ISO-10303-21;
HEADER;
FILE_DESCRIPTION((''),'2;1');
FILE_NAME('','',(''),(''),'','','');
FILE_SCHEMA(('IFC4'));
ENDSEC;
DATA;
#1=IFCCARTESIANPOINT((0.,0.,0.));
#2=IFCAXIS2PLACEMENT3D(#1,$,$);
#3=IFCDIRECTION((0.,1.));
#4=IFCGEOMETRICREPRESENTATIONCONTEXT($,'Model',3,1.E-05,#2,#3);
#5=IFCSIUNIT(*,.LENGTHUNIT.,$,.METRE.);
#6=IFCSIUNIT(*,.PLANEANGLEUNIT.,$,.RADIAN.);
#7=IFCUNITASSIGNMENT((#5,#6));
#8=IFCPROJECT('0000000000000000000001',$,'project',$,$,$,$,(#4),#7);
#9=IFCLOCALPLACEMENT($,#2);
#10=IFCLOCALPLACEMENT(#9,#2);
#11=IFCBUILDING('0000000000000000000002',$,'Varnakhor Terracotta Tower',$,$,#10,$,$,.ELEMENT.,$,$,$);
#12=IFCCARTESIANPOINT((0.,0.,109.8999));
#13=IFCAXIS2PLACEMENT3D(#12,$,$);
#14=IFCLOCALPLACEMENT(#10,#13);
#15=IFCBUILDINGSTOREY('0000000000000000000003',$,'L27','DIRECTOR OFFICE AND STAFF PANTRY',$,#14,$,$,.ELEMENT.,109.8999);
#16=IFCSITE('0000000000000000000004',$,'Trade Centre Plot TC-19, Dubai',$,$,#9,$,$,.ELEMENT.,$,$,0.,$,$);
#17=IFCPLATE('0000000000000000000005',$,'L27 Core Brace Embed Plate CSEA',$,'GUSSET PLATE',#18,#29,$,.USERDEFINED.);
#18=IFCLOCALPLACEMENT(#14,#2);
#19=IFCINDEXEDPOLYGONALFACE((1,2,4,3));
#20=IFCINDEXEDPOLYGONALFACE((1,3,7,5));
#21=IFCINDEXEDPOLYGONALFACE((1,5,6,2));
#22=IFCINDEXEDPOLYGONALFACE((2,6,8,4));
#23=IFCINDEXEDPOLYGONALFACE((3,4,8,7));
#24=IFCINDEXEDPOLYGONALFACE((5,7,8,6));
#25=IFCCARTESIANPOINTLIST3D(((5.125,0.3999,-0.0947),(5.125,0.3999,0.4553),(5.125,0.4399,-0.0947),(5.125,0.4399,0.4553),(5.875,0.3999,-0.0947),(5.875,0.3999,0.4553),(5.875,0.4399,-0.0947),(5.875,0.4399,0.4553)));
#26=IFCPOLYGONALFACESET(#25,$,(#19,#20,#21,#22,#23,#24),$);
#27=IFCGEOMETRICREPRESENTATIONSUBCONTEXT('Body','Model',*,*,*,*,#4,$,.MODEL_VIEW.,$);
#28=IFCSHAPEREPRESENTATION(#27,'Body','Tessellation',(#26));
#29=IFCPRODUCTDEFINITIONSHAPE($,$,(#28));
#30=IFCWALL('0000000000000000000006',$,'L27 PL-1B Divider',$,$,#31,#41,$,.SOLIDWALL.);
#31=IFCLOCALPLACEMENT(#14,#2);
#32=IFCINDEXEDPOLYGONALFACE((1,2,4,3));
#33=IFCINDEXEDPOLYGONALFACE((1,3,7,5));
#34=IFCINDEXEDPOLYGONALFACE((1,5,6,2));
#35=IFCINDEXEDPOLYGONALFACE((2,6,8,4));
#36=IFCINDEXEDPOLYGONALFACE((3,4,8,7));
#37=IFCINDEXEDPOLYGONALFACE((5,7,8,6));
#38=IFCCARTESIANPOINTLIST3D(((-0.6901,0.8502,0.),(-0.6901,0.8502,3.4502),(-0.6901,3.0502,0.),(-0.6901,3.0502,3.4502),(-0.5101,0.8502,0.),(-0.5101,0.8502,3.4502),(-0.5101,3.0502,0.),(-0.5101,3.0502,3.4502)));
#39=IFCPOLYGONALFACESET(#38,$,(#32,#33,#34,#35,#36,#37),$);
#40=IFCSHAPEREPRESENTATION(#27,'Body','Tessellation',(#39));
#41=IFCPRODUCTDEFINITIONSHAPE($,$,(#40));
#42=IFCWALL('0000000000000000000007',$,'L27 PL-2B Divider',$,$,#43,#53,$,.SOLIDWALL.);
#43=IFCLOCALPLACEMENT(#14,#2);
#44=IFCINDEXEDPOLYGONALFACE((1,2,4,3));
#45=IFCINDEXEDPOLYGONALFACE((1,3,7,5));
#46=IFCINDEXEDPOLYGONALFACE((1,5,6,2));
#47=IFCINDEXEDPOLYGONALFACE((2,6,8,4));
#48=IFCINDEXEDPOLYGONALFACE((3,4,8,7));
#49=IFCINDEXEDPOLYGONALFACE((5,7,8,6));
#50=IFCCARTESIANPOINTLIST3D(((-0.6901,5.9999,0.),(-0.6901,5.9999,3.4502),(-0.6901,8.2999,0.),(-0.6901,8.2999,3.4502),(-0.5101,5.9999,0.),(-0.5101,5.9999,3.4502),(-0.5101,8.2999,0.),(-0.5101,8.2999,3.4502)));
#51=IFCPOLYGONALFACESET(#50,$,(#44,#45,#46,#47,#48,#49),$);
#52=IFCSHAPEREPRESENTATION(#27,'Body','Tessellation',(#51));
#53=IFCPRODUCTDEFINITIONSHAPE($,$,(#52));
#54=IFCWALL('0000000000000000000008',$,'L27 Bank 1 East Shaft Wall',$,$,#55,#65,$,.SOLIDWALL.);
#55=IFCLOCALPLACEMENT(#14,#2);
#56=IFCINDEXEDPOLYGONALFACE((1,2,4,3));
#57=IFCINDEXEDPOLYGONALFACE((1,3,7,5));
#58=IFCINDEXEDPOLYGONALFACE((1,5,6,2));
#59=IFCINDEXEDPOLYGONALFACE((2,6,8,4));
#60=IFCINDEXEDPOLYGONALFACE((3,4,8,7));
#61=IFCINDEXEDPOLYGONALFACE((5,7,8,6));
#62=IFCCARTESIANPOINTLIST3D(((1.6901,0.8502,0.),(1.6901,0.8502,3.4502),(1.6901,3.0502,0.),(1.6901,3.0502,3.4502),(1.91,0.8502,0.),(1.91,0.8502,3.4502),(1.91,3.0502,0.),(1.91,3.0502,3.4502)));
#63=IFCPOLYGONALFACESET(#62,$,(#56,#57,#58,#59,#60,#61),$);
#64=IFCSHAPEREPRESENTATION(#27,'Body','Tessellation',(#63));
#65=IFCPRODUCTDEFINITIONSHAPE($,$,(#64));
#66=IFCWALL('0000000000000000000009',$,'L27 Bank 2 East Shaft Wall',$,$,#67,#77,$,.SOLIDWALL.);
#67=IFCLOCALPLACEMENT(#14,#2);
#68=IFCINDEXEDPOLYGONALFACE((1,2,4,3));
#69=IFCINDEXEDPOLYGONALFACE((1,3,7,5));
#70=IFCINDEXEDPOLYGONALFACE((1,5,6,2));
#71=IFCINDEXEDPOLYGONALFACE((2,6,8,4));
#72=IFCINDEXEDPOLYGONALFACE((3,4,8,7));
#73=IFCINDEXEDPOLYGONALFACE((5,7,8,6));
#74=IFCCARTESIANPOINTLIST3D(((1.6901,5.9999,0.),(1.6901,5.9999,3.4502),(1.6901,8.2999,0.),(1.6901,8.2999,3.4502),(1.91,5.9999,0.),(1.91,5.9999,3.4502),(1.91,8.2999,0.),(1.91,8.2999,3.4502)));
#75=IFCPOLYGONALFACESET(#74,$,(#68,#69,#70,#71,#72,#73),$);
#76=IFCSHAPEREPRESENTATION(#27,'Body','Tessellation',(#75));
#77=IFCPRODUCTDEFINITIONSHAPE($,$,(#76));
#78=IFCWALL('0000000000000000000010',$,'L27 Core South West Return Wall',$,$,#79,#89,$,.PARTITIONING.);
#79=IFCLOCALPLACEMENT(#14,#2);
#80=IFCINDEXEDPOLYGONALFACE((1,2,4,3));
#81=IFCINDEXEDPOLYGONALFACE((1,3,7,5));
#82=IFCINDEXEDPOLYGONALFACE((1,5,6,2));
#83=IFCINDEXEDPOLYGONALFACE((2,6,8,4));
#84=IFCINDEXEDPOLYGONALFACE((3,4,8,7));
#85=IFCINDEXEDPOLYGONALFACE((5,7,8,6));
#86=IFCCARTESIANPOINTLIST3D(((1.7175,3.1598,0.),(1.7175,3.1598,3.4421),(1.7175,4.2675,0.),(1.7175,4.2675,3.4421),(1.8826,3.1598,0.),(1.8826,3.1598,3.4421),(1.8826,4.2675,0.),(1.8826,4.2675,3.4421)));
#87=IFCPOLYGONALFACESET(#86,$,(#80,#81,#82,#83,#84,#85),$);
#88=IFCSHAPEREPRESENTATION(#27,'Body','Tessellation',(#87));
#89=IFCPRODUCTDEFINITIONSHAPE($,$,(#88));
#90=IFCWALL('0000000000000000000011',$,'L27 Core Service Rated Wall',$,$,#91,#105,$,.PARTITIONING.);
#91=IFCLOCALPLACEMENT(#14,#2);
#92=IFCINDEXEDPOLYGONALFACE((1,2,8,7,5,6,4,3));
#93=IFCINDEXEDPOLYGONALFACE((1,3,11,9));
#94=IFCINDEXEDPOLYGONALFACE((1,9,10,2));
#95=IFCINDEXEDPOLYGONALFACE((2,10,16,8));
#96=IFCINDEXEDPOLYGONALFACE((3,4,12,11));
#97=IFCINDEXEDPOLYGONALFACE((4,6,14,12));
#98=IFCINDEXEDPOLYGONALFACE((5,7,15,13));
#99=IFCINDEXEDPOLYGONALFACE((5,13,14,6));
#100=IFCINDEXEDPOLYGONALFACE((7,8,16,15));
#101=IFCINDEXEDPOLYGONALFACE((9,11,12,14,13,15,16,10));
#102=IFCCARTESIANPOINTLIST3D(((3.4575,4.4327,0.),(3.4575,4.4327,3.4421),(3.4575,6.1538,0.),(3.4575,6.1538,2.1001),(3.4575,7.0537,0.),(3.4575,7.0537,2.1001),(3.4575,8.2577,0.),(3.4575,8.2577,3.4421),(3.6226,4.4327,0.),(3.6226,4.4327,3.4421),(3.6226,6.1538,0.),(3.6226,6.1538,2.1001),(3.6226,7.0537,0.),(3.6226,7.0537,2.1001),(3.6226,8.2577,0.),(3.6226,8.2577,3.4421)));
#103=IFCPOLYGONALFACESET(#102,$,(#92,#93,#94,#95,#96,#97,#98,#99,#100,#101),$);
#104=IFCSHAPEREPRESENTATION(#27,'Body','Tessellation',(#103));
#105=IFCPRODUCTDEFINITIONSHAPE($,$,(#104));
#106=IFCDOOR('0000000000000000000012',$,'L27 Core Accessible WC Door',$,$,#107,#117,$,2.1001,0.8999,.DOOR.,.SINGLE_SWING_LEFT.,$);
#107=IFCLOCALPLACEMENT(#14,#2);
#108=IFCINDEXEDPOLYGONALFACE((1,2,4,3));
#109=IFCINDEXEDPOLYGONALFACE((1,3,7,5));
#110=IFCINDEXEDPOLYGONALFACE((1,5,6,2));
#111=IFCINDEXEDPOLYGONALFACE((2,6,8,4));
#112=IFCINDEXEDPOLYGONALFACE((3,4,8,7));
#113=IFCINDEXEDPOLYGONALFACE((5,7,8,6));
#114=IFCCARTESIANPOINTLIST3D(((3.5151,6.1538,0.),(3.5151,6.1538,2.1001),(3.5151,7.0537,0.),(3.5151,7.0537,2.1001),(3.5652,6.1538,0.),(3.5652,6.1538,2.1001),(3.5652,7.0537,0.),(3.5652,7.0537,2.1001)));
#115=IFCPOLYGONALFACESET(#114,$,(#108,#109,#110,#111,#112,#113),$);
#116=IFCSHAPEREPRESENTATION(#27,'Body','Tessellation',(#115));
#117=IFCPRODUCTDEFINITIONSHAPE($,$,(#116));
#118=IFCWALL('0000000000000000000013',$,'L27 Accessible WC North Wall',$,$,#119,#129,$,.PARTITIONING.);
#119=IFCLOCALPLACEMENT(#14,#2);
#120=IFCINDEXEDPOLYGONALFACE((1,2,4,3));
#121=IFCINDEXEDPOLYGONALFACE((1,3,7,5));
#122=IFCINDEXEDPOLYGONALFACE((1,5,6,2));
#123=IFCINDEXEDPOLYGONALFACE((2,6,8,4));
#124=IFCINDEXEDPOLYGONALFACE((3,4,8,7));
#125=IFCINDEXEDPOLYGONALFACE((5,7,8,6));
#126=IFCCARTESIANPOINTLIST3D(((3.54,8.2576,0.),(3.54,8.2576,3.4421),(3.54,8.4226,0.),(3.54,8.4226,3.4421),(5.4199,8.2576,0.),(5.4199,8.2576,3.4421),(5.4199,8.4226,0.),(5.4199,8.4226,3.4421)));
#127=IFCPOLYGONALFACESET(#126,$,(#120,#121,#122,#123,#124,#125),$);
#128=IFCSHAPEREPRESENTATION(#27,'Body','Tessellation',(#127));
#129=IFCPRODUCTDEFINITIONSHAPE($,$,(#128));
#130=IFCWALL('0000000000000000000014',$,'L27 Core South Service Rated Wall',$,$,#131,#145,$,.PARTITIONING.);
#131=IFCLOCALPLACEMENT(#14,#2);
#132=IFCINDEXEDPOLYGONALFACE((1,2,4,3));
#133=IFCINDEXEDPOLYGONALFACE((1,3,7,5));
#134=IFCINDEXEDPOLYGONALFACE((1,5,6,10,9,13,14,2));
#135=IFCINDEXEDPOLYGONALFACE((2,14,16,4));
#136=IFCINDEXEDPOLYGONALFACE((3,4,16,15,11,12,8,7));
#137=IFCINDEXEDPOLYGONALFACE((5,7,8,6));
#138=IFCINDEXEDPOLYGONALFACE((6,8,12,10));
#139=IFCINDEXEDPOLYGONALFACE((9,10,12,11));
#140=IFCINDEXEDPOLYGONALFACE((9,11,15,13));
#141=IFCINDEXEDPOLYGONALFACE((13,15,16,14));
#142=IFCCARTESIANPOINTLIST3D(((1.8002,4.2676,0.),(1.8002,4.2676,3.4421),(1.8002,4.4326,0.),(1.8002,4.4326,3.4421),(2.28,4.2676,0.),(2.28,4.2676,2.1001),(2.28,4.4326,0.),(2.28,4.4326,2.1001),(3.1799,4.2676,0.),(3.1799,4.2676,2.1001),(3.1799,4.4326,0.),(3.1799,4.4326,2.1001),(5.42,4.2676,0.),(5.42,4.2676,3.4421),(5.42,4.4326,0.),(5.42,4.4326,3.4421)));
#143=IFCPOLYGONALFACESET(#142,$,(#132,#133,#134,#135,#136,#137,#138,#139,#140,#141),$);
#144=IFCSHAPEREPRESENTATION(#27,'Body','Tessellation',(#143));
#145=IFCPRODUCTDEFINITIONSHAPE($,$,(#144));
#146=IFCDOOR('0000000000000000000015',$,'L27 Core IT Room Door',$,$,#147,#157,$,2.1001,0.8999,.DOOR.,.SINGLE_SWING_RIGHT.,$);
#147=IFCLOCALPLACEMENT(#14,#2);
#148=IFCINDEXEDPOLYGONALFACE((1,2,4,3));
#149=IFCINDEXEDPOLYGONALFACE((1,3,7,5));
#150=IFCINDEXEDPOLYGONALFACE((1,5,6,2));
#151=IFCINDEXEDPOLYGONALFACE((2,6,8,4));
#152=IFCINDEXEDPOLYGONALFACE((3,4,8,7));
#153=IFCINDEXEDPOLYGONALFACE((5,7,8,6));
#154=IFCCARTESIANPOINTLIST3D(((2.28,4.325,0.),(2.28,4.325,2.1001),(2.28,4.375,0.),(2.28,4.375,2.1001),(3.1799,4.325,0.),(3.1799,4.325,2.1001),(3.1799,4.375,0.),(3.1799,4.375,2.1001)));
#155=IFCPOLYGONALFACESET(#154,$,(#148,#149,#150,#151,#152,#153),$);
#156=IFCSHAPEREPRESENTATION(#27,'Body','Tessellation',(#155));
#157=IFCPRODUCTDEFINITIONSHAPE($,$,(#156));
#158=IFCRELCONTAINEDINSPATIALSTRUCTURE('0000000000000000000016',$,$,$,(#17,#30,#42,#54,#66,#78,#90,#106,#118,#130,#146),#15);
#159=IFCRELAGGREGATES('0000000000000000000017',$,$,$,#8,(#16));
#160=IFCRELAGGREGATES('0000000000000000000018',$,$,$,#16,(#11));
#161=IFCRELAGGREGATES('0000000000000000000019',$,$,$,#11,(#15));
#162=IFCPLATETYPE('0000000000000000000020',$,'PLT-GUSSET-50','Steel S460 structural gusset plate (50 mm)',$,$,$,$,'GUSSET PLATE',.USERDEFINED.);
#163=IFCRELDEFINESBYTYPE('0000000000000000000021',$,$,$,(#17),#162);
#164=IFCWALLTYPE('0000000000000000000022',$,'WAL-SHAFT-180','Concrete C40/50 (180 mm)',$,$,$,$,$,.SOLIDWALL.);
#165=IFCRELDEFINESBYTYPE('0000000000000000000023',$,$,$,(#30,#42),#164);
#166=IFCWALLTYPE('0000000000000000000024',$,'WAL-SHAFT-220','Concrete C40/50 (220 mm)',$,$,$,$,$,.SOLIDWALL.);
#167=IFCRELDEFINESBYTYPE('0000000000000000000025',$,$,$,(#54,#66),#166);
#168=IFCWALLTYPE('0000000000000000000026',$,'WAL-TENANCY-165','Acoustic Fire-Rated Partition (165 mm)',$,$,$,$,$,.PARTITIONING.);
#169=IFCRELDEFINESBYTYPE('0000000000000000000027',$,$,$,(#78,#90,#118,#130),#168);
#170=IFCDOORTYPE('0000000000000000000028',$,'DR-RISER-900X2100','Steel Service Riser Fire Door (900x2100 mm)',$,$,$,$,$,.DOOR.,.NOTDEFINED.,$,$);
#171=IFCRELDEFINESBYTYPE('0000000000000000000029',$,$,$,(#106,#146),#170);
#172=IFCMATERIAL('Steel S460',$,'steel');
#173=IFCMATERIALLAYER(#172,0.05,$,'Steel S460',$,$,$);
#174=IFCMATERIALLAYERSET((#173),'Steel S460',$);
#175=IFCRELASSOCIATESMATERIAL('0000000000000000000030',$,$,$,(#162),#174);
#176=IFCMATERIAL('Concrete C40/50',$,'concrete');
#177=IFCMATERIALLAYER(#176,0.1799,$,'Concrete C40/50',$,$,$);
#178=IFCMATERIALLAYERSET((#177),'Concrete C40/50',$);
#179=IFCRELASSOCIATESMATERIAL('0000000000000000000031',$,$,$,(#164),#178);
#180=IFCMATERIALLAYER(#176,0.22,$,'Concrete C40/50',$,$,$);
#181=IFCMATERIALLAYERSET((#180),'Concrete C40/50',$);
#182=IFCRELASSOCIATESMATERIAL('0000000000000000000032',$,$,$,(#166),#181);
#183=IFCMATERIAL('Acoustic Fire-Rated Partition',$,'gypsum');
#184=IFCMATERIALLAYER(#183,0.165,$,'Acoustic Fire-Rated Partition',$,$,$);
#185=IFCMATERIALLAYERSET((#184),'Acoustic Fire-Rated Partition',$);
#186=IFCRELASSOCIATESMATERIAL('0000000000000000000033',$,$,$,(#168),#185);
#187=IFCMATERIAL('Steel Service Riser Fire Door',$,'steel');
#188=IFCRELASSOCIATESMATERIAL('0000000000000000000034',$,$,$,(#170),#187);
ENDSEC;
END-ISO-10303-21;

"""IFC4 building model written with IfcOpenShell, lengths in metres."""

from ifc_helpers import new_model, si_unit, direction, frame, frame_2d, origin, origin_2d, place, context, subcontext, project, spatial, rectangle, extrude, source, transform, mapped, material, layer, layer_set, type_object, type_shapes, element, fill, save


model = new_model("IFC4")

# Units and contexts
model_context = context("Model", 3, precision=1e-05, world=origin(), true_north=direction((0.0, 1.0)))
body_context = subcontext(model_context, "Body", "Model", "MODEL_VIEW")
ifc_project = project(units=[si_unit("LENGTHUNIT", "METRE"), si_unit("PLANEANGLEUNIT", "RADIAN")], contexts=[model_context])

# Site, building, storey
site_placement = place(None, origin())
site = spatial("IfcSite", under=ifc_project, at=site_placement, Name="Trade Centre Plot TC-19, Dubai", CompositionType="ELEMENT", RefElevation=0.0)
building_placement = place(site_placement, origin())
building = spatial("IfcBuilding", under=site, at=building_placement, Name="Varnakhor Terracotta Tower", CompositionType="ELEMENT")
storey_placement = place(building_placement, frame((0.0, 0.0, 109.8999)))
storey = spatial("IfcBuildingStorey", under=building, at=storey_placement, Name="L27", Description="DIRECTOR OFFICE AND STAFF PANTRY", CompositionType="ELEMENT", Elevation=109.8999)

# Shared definitions
ifc_material_1 = material(Name="Steel S460", Category="steel")

# Shared definitions
ifc_material_2 = material(Name="Concrete C40/50", Category="concrete")

# Plate
ifc_layer_1 = layer(ifc_material_1, 0.05, Name="Steel S460")
ifc_layer_set_1 = layer_set([ifc_layer_1], Name="Steel S460")
plate_type = type_object("IfcPlateType", Name="PLT-GUSSET-50", Description="Steel S460 structural gusset plate (50 mm)", ElementType="GUSSET PLATE", PredefinedType="USERDEFINED", material=ifc_layer_set_1)
shared_shape_1 = source(origin(), body_context, "Body", "SweptSolid", [
    extrude(rectangle(XDim=0.75, YDim=0.04, at=origin_2d()), origin(), (0.0, 0.0, 1.0), 0.55),
])
type_shapes(plate_type, [shared_shape_1])
plate_placement = place(storey_placement, frame((5.5, 0.4199, -0.0947), z_axis=(0.0, 0.0, 1.0), x_axis=(1.0, 0.0, 0.0)))
element("IfcPlate", 1, at=plate_placement, inside=storey, type_object=plate_type, Name="L27 Core Brace Embed Plate CSEA", ObjectType="GUSSET PLATE", PredefinedType="USERDEFINED", context=body_context, shape_type="MappedRepresentation", body=[
    mapped(shared_shape_1, transform((0.0, 0.0, 0.0), scale=1.0)),
])

# Walls
ifc_layer_2 = layer(ifc_material_2, 0.1799, Name="Concrete C40/50")
ifc_layer_set_2 = layer_set([ifc_layer_2], Name="Concrete C40/50")
wall_type_1 = type_object("IfcWallType", Name="WAL-SHAFT-180", Description="Concrete C40/50 (180 mm)", PredefinedType="SOLIDWALL", material=ifc_layer_set_2)
wall_1_placement = place(storey_placement, frame((-0.6001, 0.8501, 0.0), z_axis=(0.0, 0.0, 1.0), x_axis=(0.0, 1.0, 0.0)))
element("IfcWall", 2, at=wall_1_placement, inside=storey, type_object=wall_type_1, Name="L27 PL-1B Divider", PredefinedType="SOLIDWALL", context=body_context, shape_type="SweptSolid", body=[
    extrude(rectangle(XDim=2.2, YDim=0.1799, at=frame_2d((1.1001, 0.0))), origin(), (0.0, 0.0, 1.0), 3.4502),
])
wall_2_placement = place(storey_placement, frame((-0.6001, 6.0, 0.0), z_axis=(0.0, 0.0, 1.0), x_axis=(0.0, 1.0, 0.0)))
element("IfcWall", 3, at=wall_2_placement, inside=storey, type_object=wall_type_1, Name="L27 PL-2B Divider", PredefinedType="SOLIDWALL", context=body_context, shape_type="SweptSolid", body=[
    extrude(rectangle(XDim=2.3, YDim=0.1799, at=frame_2d((1.1499, 0.0))), origin(), (0.0, 0.0, 1.0), 3.4502),
])
ifc_layer_3 = layer(ifc_material_2, 0.22, Name="Concrete C40/50")
ifc_layer_set_3 = layer_set([ifc_layer_3], Name="Concrete C40/50")
wall_type_2 = type_object("IfcWallType", Name="WAL-SHAFT-220", Description="Concrete C40/50 (220 mm)", PredefinedType="SOLIDWALL", material=ifc_layer_set_3)
wall_3_placement = place(storey_placement, frame((1.8, 0.8501, 0.0), z_axis=(0.0, 0.0, 1.0), x_axis=(0.0, 1.0, 0.0)))
element("IfcWall", 4, at=wall_3_placement, inside=storey, type_object=wall_type_2, Name="L27 Bank 1 East Shaft Wall", PredefinedType="SOLIDWALL", context=body_context, shape_type="SweptSolid", body=[
    extrude(rectangle(XDim=2.2, YDim=0.22, at=frame_2d((1.1001, 0.0))), origin(), (0.0, 0.0, 1.0), 3.4502),
])
wall_4_placement = place(storey_placement, frame((1.8, 6.0, 0.0), z_axis=(0.0, 0.0, 1.0), x_axis=(0.0, 1.0, 0.0)))
element("IfcWall", 5, at=wall_4_placement, inside=storey, type_object=wall_type_2, Name="L27 Bank 2 East Shaft Wall", PredefinedType="SOLIDWALL", context=body_context, shape_type="SweptSolid", body=[
    extrude(rectangle(XDim=2.3, YDim=0.22, at=frame_2d((1.1499, 0.0))), origin(), (0.0, 0.0, 1.0), 3.4502),
])
ifc_material_3 = material(Name="Acoustic Fire-Rated Partition", Category="gypsum")
ifc_layer_4 = layer(ifc_material_3, 0.165, Name="Acoustic Fire-Rated Partition")
ifc_layer_set_4 = layer_set([ifc_layer_4], Name="Acoustic Fire-Rated Partition")
wall_type_3 = type_object("IfcWallType", Name="WAL-TENANCY-165", Description="Acoustic Fire-Rated Partition (165 mm)", PredefinedType="PARTITIONING", material=ifc_layer_set_4)
wall_5_placement = place(storey_placement, frame((1.8, 3.1599, 0.0), z_axis=(0.0, 0.0, 1.0), x_axis=(0.0, 1.0, 0.0)))
element("IfcWall", 6, at=wall_5_placement, inside=storey, type_object=wall_type_3, Name="L27 Core South West Return Wall", PredefinedType="PARTITIONING", context=body_context, shape_type="SweptSolid", body=[
    extrude(rectangle(XDim=1.1077, YDim=0.165, at=frame_2d((0.5537, 0.0))), origin(), (0.0, 0.0, 1.0), 3.4421),
])

# Wall, opening, door
wall_6_placement = place(storey_placement, frame((3.54, 4.4326, 0.0), z_axis=(0.0, 0.0, 1.0), x_axis=(0.0, 1.0, 0.0)))
wall_6 = element("IfcWall", 7, at=wall_6_placement, inside=storey, type_object=wall_type_3, Name="L27 Core Service Rated Wall", PredefinedType="PARTITIONING", context=body_context, shape_type="SweptSolid", body=[
    extrude(rectangle(XDim=3.825, YDim=0.165, at=frame_2d((1.9126, 0.0))), origin(), (0.0, 0.0, 1.0), 3.4421),
])
opening_1_placement = place(wall_6_placement, frame((1.7212, 0.0, 0.0)))
opening_1 = element("IfcOpeningElement", 8, at=opening_1_placement, cuts=wall_6, PredefinedType="OPENING", context=body_context, shape_type="SweptSolid", body=[
    extrude(rectangle(XDim=0.8999, YDim=2.1001, at=frame_2d((0.45, 1.05))), frame((0.0, 0.0925, 0.0), z_axis=(0.0, -1.0, 0.0), x_axis=(1.0, 0.0, 0.0)), (0.0, 0.0, 1.0), 0.1851),
])
ifc_material_4 = material(Name="Steel Service Riser Fire Door", Category="steel")
door_type = type_object("IfcDoorType", Name="DR-RISER-900X2100", Description="Steel Service Riser Fire Door (900x2100 mm)", OperationType="NOTDEFINED", PredefinedType="DOOR", material=ifc_material_4)
shared_shape_2 = source(origin(), body_context, "Body", "SweptSolid", [
    extrude(rectangle(XDim=0.8999, YDim=2.1001, at=frame_2d((0.45, 1.05))), frame((0.0, 0.0249, 0.0), z_axis=(0.0, -1.0, 0.0), x_axis=(1.0, 0.0, 0.0)), (0.0, 0.0, 1.0), 0.05),
])
type_shapes(door_type, [shared_shape_2])
door_1_placement = place(opening_1_placement, origin())
door_1 = element("IfcDoor", 9, at=door_1_placement, inside=storey, type_object=door_type, Name="L27 Core Accessible WC Door", OperationType="SINGLE_SWING_LEFT", OverallHeight=2.1001, OverallWidth=0.8999, PredefinedType="DOOR", context=body_context, shape_type="MappedRepresentation", body=[
    mapped(shared_shape_2, transform((0.0, 0.0, 0.0), scale=1.0)),
])
fill(opening_1, door_1)

# Wall
wall_7_placement = place(storey_placement, frame((3.54, 8.3401, 0.0), z_axis=(0.0, 0.0, 1.0), x_axis=(1.0, 0.0, 0.0)))
element("IfcWall", 10, at=wall_7_placement, inside=storey, type_object=wall_type_3, Name="L27 Accessible WC North Wall", PredefinedType="PARTITIONING", context=body_context, shape_type="SweptSolid", body=[
    extrude(rectangle(XDim=1.8799, YDim=0.165, at=frame_2d((0.9399, 0.0))), origin(), (0.0, 0.0, 1.0), 3.4421),
])

# Wall, opening, door
wall_8_placement = place(storey_placement, frame((1.8, 4.3501, 0.0), z_axis=(0.0, 0.0, 1.0), x_axis=(1.0, 0.0, 0.0)))
wall_8 = element("IfcWall", 11, at=wall_8_placement, inside=storey, type_object=wall_type_3, Name="L27 Core South Service Rated Wall", PredefinedType="PARTITIONING", context=body_context, shape_type="SweptSolid", body=[
    extrude(rectangle(XDim=3.6199, YDim=0.165, at=frame_2d((1.8101, 0.0))), origin(), (0.0, 0.0, 1.0), 3.4421),
])
opening_2_placement = place(wall_8_placement, frame((0.48, 0.0, 0.0)))
opening_2 = element("IfcOpeningElement", 12, at=opening_2_placement, cuts=wall_8, PredefinedType="OPENING", context=body_context, shape_type="SweptSolid", body=[
    extrude(rectangle(XDim=0.8999, YDim=2.1001, at=frame_2d((0.45, 1.05))), frame((0.0, 0.0925, 0.0), z_axis=(0.0, -1.0, 0.0), x_axis=(1.0, 0.0, 0.0)), (0.0, 0.0, 1.0), 0.1851),
])
door_2_placement = place(opening_2_placement, origin())
door_2 = element("IfcDoor", 13, at=door_2_placement, inside=storey, type_object=door_type, Name="L27 Core IT Room Door", OperationType="SINGLE_SWING_RIGHT", OverallHeight=2.1001, OverallWidth=0.8999, PredefinedType="DOOR", context=body_context, shape_type="MappedRepresentation", body=[
    mapped(shared_shape_2, transform((0.0, 0.0, 0.0), scale=1.0)),
])
fill(opening_2, door_2)

save(model, "model.ifc")
